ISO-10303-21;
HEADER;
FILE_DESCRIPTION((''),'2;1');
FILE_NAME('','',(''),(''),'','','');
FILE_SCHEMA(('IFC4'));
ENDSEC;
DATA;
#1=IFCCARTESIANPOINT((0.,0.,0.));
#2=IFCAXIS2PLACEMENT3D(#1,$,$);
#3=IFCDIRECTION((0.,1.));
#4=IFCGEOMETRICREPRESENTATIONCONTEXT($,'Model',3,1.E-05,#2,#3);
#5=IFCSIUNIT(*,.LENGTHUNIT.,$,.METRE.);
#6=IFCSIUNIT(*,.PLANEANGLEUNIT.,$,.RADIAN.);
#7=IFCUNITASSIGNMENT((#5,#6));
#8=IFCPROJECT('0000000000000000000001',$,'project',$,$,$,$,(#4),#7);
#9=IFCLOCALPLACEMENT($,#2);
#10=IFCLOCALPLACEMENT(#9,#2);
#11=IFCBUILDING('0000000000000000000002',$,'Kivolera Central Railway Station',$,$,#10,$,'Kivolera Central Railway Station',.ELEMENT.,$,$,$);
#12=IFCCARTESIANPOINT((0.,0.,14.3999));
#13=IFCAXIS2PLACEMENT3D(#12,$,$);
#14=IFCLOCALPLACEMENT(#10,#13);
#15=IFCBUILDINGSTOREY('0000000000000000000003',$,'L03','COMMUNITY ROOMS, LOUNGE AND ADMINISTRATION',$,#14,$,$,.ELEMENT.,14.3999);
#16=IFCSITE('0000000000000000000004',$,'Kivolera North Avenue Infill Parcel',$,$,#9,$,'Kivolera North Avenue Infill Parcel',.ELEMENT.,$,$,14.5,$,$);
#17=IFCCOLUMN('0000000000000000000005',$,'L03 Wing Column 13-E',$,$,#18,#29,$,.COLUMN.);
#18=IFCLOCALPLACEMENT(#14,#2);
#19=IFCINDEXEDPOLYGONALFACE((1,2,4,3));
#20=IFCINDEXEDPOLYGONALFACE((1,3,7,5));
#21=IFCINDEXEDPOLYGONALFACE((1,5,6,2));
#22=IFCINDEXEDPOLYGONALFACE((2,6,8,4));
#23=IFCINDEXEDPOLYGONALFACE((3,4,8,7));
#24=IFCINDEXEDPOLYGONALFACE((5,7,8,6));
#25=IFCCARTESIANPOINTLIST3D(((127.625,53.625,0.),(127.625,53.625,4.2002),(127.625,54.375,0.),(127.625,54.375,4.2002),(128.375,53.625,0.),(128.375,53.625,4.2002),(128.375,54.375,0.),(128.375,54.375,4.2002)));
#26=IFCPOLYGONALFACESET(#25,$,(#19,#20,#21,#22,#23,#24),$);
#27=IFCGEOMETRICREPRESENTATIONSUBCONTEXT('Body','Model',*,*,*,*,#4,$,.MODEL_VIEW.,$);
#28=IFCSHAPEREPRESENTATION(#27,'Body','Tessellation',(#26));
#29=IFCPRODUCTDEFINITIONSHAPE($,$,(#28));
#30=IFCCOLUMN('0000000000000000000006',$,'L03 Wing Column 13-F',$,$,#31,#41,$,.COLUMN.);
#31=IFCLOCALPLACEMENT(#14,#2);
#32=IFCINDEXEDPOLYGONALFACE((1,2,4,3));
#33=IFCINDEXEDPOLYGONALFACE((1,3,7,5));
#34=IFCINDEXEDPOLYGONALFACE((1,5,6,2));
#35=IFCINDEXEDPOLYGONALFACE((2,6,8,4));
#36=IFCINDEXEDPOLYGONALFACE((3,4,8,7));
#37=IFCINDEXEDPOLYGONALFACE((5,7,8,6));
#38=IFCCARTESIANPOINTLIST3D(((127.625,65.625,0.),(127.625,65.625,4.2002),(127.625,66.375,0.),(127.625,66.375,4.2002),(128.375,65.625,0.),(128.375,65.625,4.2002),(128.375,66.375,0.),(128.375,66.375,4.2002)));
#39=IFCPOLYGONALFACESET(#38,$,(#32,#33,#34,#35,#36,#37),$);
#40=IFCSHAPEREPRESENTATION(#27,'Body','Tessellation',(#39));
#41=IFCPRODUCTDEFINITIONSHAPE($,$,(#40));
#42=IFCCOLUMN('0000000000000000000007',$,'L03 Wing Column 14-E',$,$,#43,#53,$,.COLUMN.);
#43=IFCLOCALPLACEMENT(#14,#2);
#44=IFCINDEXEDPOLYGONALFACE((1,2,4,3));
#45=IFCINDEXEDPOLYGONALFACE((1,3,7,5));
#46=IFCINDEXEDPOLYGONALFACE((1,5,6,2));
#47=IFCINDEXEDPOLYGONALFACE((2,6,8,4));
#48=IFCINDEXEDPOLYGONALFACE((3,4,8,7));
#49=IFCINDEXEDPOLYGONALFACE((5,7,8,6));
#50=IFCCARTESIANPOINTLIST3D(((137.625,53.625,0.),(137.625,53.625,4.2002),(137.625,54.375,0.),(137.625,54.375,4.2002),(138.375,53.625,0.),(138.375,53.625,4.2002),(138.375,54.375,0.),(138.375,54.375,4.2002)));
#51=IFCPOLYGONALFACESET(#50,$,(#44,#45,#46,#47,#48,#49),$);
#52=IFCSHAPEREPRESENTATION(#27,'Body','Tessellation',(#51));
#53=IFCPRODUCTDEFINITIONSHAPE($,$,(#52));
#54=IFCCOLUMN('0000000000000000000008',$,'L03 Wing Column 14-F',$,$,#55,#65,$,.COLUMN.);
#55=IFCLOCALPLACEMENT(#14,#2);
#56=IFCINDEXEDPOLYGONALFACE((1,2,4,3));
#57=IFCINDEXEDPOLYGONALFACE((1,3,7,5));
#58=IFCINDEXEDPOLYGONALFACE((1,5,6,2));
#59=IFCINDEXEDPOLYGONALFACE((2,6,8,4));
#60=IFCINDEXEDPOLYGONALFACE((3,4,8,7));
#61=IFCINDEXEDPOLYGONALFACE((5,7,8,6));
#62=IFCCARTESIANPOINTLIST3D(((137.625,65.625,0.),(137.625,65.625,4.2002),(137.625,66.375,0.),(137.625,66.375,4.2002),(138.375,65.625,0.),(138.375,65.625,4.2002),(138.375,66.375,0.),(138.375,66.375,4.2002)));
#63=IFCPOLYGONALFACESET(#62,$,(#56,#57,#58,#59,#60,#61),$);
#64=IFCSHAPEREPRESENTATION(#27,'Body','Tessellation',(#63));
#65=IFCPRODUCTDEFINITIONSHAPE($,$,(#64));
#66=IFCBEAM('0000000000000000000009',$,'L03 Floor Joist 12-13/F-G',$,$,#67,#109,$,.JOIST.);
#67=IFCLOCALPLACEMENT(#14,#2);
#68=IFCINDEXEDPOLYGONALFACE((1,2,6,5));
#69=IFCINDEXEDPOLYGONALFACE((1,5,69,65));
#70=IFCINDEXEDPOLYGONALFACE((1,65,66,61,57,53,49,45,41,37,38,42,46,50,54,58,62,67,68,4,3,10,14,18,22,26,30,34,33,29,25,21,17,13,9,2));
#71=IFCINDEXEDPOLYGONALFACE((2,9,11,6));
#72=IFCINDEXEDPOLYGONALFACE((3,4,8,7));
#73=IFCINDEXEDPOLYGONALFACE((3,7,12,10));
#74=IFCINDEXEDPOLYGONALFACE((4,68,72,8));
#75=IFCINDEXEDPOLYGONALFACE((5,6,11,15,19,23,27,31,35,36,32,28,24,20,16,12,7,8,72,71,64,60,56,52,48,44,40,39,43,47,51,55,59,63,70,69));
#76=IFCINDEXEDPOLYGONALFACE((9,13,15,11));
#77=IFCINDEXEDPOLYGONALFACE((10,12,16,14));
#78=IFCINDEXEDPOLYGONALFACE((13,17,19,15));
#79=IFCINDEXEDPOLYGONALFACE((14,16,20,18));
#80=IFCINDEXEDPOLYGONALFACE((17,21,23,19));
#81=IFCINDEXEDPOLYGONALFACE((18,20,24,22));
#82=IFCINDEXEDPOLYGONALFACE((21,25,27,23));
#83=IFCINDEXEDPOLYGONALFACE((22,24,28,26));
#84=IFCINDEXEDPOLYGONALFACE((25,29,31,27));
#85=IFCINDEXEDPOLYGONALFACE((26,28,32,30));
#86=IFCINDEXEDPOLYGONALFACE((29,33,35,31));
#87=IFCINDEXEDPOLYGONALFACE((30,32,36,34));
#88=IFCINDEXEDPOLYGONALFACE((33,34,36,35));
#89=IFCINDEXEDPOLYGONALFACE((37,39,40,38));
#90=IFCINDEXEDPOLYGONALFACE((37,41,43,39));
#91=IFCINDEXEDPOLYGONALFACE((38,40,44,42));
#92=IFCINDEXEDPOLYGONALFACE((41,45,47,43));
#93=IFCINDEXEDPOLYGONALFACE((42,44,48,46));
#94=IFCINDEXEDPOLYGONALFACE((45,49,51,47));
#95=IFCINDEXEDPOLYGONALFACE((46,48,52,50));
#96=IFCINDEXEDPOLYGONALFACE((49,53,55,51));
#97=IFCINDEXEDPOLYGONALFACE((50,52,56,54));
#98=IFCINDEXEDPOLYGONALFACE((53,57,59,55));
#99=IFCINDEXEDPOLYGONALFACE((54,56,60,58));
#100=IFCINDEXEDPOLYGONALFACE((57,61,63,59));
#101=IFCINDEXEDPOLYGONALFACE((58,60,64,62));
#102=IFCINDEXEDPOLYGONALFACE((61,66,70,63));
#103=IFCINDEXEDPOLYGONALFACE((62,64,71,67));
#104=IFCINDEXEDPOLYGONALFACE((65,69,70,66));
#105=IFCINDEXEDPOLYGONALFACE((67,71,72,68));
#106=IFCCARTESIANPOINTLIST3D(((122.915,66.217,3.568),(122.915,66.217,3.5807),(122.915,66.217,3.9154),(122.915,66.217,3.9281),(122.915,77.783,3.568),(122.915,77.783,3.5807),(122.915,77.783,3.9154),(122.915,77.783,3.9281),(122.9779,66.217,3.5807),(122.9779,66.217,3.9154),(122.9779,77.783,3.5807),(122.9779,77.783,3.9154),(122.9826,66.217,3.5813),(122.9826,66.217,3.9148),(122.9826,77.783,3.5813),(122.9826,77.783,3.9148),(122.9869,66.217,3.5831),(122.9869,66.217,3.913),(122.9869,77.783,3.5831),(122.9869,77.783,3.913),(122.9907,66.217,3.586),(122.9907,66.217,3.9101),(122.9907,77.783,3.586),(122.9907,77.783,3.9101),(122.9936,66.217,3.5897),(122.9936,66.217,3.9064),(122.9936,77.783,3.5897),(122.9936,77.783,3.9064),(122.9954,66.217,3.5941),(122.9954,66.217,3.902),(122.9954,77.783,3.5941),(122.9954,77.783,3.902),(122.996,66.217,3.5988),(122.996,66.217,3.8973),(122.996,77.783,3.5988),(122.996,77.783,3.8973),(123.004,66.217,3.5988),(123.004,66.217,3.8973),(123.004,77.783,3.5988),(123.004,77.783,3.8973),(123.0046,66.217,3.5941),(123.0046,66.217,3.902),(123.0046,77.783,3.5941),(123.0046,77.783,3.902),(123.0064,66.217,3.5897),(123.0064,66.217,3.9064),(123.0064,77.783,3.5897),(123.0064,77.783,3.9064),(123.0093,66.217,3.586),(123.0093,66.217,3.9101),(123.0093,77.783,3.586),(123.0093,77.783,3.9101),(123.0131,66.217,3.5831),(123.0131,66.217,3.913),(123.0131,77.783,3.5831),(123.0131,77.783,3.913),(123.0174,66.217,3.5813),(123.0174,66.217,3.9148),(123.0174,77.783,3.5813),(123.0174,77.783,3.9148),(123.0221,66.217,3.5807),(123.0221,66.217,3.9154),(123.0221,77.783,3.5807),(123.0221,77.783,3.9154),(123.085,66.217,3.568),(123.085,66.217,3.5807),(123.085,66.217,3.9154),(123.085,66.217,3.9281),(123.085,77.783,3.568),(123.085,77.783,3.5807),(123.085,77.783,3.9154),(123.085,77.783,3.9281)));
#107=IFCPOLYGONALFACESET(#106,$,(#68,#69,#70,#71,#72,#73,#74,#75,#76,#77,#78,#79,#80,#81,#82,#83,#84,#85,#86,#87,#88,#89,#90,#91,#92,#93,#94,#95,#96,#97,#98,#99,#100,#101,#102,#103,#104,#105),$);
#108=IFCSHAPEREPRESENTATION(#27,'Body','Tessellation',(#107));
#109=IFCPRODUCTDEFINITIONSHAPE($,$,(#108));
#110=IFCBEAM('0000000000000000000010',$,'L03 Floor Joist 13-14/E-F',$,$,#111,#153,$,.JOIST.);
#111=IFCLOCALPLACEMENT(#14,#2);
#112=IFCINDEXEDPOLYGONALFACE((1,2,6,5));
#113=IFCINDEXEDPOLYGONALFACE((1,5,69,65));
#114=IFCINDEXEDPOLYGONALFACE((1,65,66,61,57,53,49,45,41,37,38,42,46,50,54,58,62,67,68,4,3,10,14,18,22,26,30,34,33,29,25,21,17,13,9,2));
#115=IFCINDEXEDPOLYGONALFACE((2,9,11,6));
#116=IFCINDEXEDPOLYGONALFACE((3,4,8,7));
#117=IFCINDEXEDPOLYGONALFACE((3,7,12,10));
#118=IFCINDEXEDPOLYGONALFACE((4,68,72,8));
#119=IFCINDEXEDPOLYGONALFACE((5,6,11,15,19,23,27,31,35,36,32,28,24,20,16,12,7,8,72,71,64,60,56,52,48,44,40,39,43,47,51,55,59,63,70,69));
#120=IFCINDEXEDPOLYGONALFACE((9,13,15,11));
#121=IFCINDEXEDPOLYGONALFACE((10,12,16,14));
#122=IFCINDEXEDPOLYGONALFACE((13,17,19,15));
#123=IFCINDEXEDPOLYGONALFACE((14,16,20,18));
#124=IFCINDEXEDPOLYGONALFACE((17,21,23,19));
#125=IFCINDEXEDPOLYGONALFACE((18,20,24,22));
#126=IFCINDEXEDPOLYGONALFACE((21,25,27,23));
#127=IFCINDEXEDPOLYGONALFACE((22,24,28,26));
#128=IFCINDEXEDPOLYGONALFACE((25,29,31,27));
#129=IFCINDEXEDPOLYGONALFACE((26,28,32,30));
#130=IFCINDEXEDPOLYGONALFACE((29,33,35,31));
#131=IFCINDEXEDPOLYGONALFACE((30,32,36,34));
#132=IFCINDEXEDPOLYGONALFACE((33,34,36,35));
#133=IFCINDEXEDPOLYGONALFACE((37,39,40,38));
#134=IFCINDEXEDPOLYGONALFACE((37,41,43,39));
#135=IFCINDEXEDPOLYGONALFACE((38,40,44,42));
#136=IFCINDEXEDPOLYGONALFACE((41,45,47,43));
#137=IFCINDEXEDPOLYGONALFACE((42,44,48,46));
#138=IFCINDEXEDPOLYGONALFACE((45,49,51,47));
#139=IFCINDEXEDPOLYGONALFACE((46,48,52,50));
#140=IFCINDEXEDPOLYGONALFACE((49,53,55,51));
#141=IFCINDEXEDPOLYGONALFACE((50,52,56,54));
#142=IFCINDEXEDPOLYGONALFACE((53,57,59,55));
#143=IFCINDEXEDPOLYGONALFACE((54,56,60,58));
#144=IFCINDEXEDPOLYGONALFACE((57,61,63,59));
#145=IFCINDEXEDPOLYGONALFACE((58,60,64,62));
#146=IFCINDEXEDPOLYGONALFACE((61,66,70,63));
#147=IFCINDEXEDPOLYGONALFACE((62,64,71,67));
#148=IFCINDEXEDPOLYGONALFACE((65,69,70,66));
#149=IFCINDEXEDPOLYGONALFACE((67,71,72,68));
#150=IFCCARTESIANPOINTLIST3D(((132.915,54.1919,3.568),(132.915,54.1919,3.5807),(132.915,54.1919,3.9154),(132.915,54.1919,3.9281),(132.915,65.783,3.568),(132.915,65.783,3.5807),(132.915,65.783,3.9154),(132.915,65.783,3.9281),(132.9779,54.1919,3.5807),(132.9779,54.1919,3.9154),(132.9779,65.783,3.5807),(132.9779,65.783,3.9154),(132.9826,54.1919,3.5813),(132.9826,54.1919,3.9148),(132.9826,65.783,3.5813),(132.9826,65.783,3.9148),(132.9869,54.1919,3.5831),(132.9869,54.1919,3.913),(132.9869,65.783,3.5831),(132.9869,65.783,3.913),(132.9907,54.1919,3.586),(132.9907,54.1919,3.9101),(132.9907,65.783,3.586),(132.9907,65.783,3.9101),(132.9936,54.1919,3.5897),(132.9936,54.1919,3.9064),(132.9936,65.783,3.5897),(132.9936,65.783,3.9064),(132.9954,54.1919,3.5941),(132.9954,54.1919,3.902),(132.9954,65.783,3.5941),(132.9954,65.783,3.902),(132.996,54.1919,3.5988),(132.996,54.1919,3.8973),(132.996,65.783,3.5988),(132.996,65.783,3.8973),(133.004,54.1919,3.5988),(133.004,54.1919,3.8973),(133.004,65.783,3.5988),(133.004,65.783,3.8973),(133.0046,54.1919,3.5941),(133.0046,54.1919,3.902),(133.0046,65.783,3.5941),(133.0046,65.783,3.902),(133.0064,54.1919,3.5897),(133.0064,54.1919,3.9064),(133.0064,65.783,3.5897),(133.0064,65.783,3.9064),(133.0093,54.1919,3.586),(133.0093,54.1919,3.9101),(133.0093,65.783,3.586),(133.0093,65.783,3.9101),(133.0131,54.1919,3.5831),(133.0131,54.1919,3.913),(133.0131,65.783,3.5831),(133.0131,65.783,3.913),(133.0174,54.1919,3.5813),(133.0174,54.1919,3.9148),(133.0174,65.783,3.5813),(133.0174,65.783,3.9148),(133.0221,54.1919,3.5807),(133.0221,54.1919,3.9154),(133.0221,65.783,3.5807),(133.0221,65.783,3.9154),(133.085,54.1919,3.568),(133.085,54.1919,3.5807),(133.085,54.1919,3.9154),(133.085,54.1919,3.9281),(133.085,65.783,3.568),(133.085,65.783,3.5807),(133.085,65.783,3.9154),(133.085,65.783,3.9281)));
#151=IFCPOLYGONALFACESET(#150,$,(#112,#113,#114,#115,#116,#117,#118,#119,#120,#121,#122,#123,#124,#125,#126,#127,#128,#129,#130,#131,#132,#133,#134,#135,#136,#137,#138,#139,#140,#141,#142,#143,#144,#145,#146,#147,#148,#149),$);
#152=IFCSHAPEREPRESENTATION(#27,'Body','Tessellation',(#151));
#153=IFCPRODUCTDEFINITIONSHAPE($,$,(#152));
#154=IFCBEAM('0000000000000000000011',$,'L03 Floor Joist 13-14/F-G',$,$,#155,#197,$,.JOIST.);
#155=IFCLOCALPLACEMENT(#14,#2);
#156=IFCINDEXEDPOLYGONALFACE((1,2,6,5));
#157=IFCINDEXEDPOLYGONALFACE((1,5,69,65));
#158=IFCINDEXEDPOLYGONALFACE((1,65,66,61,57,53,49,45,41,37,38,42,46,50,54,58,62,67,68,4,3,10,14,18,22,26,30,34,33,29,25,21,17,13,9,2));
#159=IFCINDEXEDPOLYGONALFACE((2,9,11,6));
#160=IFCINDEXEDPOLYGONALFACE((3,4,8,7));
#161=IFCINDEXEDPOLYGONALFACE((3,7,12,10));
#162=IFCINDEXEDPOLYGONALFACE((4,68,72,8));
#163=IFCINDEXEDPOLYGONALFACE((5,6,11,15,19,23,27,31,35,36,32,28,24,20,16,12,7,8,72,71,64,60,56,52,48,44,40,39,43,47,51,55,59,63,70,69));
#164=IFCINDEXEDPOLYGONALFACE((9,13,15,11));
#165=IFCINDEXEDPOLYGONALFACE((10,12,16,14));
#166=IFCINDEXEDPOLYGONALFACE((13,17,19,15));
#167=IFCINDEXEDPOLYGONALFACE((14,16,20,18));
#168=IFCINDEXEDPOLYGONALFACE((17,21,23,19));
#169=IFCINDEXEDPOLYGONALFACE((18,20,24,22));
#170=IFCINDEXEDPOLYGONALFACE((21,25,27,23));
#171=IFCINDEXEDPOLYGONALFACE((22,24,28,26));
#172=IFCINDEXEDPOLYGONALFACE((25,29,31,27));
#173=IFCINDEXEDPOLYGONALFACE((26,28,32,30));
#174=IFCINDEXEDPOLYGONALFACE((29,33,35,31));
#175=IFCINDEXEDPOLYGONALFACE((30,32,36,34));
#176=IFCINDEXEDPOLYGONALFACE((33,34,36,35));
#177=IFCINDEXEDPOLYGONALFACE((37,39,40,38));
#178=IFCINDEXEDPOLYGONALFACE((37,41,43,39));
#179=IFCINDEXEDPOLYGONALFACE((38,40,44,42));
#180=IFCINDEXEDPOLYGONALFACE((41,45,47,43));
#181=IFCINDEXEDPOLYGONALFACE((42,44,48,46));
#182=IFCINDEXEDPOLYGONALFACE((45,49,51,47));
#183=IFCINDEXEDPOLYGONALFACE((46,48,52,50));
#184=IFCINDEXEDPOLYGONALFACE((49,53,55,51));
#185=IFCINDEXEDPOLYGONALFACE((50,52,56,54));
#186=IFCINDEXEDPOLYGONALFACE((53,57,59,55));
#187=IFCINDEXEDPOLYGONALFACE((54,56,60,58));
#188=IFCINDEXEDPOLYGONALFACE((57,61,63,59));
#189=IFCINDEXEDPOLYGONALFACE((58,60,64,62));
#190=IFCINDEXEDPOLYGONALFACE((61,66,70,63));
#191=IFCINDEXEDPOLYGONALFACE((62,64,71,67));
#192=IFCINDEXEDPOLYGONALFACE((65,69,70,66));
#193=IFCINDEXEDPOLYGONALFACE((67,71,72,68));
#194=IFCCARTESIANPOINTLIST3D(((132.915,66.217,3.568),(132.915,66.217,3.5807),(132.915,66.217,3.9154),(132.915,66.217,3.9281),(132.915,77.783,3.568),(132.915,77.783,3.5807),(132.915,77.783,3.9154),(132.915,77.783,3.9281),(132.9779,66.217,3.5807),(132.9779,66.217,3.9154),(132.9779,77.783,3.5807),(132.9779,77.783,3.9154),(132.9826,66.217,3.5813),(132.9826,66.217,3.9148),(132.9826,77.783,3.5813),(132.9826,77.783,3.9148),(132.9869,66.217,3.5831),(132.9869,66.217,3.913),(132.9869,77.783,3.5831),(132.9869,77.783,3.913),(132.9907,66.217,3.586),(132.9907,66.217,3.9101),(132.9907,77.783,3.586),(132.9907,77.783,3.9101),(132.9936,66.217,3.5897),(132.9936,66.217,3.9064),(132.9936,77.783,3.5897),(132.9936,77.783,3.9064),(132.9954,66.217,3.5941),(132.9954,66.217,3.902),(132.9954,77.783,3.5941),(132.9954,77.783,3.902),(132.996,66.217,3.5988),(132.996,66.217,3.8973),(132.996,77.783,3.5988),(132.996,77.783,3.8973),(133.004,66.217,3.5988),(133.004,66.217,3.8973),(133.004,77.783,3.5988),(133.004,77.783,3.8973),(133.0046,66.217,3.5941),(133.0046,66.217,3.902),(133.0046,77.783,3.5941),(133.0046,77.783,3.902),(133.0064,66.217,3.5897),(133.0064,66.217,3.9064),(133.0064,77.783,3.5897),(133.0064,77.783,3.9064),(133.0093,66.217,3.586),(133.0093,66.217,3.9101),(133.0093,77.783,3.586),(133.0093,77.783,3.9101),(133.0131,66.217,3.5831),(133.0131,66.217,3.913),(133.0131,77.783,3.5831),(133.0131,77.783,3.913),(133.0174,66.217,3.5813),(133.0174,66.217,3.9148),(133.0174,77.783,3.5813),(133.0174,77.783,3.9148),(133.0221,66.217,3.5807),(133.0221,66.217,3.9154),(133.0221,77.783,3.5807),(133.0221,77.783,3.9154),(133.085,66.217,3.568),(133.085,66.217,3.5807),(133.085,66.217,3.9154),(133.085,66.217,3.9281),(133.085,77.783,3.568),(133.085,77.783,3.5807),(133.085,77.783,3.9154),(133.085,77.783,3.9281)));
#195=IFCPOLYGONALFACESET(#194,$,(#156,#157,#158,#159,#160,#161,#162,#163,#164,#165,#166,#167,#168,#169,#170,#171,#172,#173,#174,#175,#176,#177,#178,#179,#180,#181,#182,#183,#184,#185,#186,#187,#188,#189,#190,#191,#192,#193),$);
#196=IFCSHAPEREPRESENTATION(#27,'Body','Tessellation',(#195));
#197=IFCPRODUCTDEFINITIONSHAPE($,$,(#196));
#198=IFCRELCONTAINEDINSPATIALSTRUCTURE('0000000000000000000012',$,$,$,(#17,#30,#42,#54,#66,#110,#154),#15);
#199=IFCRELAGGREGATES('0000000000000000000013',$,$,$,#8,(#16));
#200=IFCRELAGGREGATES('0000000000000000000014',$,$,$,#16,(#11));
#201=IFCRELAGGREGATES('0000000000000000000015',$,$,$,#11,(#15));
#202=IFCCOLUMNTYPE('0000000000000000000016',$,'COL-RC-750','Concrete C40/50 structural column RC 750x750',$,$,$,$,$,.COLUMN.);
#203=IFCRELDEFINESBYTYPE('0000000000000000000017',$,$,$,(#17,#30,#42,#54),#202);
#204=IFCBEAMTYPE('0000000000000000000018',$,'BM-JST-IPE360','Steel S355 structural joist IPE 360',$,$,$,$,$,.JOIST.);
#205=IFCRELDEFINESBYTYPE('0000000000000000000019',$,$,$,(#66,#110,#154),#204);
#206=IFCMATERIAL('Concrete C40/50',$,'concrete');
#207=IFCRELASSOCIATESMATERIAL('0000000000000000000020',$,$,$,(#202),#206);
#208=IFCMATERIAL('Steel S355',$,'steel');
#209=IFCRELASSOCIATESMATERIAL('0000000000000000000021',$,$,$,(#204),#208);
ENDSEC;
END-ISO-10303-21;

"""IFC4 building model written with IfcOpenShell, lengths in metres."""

from ifc_helpers import new_model, si_unit, direction, frame, origin, origin_2d, place, context, subcontext, project, spatial, rectangle, i_section, extrude, material, material_profile, profile_set, type_object, element, save


model = new_model("IFC4")

# Units and contexts
model_context = context("Model", 3, precision=1e-05, world=origin(), true_north=direction((0.0, 1.0)))
body_context = subcontext(model_context, "Body", "Model", "MODEL_VIEW")
ifc_project = project(units=[si_unit("LENGTHUNIT", "METRE"), si_unit("PLANEANGLEUNIT", "RADIAN")], contexts=[model_context])

# Site, building, storey
site_placement = place(None, origin())
site = spatial("IfcSite", under=ifc_project, at=site_placement, Name="Kivolera North Avenue Infill Parcel", LongName="Kivolera North Avenue Infill Parcel", CompositionType="ELEMENT", RefElevation=14.5)
building_placement = place(site_placement, origin())
building = spatial("IfcBuilding", under=site, at=building_placement, Name="Kivolera Central Railway Station", LongName="Kivolera Central Railway Station", CompositionType="ELEMENT")
storey_placement = place(building_placement, frame((0.0, 0.0, 14.3999)))
storey = spatial("IfcBuildingStorey", under=building, at=storey_placement, Name="L03", Description="COMMUNITY ROOMS, LOUNGE AND ADMINISTRATION", CompositionType="ELEMENT", Elevation=14.3999)

# Columns
ifc_material_1 = material(Name="Concrete C40/50", Category="concrete")
ifc_material_profile_1 = material_profile(ifc_material_1, rectangle(XDim=0.75, YDim=0.75, at=origin_2d()), Name="RC 750x750")
ifc_profile_set_1 = profile_set([ifc_material_profile_1], Name="Concrete C40/50")
column_type = type_object("IfcColumnType", Name="COL-RC-750", Description="Concrete C40/50 structural column RC 750x750", PredefinedType="COLUMN", material=ifc_profile_set_1)
for number, where, z_axis, x_axis, name in (
    (1, (128.0, 54.0, 0.0), (0.0, 0.0, 1.0), (1.0, 0.0, 0.0), "L03 Wing Column 13-E"),
    (2, (128.0, 66.0, 0.0), (0.0, 0.0, 1.0), (1.0, 0.0, 0.0), "L03 Wing Column 13-F"),
    (3, (138.0, 54.0, 0.0), (0.0, 0.0, 1.0), (1.0, 0.0, 0.0), "L03 Wing Column 14-E"),
    (4, (138.0, 66.0, 0.0), (0.0, 0.0, 1.0), (1.0, 0.0, 0.0), "L03 Wing Column 14-F"),
):
    element("IfcColumn", number, at=place(storey_placement, frame(where, z_axis=z_axis, x_axis=x_axis)), inside=storey, type_object=column_type, Name=name, PredefinedType="COLUMN", context=body_context, shape_type="SweptSolid", body=[
        extrude(rectangle(XDim=0.75, YDim=0.75, at=origin_2d()), origin(), (0.0, 0.0, 1.0), 4.2002),
    ])

# Beams
ifc_material_2 = material(Name="Steel S355", Category="steel")
ifc_material_profile_2 = material_profile(ifc_material_2, i_section(OverallWidth=0.1699, OverallDepth=0.3601, WebThickness=0.0081, FlangeThickness=0.0127, FilletRadius=0.0181, at=origin_2d()), Name="IPE 360")
ifc_profile_set_2 = profile_set([ifc_material_profile_2], Name="Steel S355")
beam_type_1 = type_object("IfcBeamType", Name="BM-JST-IPE360", Description="Steel S355 structural joist IPE 360", PredefinedType="JOIST", material=ifc_profile_set_2)
beam_1_placement = place(storey_placement, frame((123.0, 66.217, 3.748), z_axis=(0.0, 1.0, 0.0), x_axis=(-1.0, 0.0, 0.0)))
element("IfcBeam", 5, at=beam_1_placement, inside=storey, type_object=beam_type_1, Name="L03 Floor Joist 12-13/F-G", PredefinedType="JOIST", context=body_context, shape_type="SweptSolid", body=[
    extrude(i_section(OverallWidth=0.1699, OverallDepth=0.3601, WebThickness=0.0081, FlangeThickness=0.0127, FilletRadius=0.0181, at=origin_2d()), origin(), (0.0, 0.0, 1.0), 11.5659),
])
beam_2_placement = place(storey_placement, frame((133.0, 54.1919, 3.748), z_axis=(0.0, 1.0, 0.0), x_axis=(-1.0, 0.0, 0.0)))
element("IfcBeam", 6, at=beam_2_placement, inside=storey, type_object=beam_type_1, Name="L03 Floor Joist 13-14/E-F", PredefinedType="JOIST", context=body_context, shape_type="SweptSolid", body=[
    extrude(i_section(OverallWidth=0.1699, OverallDepth=0.3601, WebThickness=0.0081, FlangeThickness=0.0127, FilletRadius=0.0181, at=origin_2d()), origin(), (0.0, 0.0, 1.0), 11.5911),
])
beam_3_placement = place(storey_placement, frame((133.0, 66.217, 3.748), z_axis=(0.0, 1.0, 0.0), x_axis=(-1.0, 0.0, 0.0)))
element("IfcBeam", 7, at=beam_3_placement, inside=storey, type_object=beam_type_1, Name="L03 Floor Joist 13-14/F-G", PredefinedType="JOIST", context=body_context, shape_type="SweptSolid", body=[
    extrude(i_section(OverallWidth=0.1699, OverallDepth=0.3601, WebThickness=0.0081, FlangeThickness=0.0127, FilletRadius=0.0181, at=origin_2d()), origin(), (0.0, 0.0, 1.0), 11.5659),
])

save(model, "model.ifc")
